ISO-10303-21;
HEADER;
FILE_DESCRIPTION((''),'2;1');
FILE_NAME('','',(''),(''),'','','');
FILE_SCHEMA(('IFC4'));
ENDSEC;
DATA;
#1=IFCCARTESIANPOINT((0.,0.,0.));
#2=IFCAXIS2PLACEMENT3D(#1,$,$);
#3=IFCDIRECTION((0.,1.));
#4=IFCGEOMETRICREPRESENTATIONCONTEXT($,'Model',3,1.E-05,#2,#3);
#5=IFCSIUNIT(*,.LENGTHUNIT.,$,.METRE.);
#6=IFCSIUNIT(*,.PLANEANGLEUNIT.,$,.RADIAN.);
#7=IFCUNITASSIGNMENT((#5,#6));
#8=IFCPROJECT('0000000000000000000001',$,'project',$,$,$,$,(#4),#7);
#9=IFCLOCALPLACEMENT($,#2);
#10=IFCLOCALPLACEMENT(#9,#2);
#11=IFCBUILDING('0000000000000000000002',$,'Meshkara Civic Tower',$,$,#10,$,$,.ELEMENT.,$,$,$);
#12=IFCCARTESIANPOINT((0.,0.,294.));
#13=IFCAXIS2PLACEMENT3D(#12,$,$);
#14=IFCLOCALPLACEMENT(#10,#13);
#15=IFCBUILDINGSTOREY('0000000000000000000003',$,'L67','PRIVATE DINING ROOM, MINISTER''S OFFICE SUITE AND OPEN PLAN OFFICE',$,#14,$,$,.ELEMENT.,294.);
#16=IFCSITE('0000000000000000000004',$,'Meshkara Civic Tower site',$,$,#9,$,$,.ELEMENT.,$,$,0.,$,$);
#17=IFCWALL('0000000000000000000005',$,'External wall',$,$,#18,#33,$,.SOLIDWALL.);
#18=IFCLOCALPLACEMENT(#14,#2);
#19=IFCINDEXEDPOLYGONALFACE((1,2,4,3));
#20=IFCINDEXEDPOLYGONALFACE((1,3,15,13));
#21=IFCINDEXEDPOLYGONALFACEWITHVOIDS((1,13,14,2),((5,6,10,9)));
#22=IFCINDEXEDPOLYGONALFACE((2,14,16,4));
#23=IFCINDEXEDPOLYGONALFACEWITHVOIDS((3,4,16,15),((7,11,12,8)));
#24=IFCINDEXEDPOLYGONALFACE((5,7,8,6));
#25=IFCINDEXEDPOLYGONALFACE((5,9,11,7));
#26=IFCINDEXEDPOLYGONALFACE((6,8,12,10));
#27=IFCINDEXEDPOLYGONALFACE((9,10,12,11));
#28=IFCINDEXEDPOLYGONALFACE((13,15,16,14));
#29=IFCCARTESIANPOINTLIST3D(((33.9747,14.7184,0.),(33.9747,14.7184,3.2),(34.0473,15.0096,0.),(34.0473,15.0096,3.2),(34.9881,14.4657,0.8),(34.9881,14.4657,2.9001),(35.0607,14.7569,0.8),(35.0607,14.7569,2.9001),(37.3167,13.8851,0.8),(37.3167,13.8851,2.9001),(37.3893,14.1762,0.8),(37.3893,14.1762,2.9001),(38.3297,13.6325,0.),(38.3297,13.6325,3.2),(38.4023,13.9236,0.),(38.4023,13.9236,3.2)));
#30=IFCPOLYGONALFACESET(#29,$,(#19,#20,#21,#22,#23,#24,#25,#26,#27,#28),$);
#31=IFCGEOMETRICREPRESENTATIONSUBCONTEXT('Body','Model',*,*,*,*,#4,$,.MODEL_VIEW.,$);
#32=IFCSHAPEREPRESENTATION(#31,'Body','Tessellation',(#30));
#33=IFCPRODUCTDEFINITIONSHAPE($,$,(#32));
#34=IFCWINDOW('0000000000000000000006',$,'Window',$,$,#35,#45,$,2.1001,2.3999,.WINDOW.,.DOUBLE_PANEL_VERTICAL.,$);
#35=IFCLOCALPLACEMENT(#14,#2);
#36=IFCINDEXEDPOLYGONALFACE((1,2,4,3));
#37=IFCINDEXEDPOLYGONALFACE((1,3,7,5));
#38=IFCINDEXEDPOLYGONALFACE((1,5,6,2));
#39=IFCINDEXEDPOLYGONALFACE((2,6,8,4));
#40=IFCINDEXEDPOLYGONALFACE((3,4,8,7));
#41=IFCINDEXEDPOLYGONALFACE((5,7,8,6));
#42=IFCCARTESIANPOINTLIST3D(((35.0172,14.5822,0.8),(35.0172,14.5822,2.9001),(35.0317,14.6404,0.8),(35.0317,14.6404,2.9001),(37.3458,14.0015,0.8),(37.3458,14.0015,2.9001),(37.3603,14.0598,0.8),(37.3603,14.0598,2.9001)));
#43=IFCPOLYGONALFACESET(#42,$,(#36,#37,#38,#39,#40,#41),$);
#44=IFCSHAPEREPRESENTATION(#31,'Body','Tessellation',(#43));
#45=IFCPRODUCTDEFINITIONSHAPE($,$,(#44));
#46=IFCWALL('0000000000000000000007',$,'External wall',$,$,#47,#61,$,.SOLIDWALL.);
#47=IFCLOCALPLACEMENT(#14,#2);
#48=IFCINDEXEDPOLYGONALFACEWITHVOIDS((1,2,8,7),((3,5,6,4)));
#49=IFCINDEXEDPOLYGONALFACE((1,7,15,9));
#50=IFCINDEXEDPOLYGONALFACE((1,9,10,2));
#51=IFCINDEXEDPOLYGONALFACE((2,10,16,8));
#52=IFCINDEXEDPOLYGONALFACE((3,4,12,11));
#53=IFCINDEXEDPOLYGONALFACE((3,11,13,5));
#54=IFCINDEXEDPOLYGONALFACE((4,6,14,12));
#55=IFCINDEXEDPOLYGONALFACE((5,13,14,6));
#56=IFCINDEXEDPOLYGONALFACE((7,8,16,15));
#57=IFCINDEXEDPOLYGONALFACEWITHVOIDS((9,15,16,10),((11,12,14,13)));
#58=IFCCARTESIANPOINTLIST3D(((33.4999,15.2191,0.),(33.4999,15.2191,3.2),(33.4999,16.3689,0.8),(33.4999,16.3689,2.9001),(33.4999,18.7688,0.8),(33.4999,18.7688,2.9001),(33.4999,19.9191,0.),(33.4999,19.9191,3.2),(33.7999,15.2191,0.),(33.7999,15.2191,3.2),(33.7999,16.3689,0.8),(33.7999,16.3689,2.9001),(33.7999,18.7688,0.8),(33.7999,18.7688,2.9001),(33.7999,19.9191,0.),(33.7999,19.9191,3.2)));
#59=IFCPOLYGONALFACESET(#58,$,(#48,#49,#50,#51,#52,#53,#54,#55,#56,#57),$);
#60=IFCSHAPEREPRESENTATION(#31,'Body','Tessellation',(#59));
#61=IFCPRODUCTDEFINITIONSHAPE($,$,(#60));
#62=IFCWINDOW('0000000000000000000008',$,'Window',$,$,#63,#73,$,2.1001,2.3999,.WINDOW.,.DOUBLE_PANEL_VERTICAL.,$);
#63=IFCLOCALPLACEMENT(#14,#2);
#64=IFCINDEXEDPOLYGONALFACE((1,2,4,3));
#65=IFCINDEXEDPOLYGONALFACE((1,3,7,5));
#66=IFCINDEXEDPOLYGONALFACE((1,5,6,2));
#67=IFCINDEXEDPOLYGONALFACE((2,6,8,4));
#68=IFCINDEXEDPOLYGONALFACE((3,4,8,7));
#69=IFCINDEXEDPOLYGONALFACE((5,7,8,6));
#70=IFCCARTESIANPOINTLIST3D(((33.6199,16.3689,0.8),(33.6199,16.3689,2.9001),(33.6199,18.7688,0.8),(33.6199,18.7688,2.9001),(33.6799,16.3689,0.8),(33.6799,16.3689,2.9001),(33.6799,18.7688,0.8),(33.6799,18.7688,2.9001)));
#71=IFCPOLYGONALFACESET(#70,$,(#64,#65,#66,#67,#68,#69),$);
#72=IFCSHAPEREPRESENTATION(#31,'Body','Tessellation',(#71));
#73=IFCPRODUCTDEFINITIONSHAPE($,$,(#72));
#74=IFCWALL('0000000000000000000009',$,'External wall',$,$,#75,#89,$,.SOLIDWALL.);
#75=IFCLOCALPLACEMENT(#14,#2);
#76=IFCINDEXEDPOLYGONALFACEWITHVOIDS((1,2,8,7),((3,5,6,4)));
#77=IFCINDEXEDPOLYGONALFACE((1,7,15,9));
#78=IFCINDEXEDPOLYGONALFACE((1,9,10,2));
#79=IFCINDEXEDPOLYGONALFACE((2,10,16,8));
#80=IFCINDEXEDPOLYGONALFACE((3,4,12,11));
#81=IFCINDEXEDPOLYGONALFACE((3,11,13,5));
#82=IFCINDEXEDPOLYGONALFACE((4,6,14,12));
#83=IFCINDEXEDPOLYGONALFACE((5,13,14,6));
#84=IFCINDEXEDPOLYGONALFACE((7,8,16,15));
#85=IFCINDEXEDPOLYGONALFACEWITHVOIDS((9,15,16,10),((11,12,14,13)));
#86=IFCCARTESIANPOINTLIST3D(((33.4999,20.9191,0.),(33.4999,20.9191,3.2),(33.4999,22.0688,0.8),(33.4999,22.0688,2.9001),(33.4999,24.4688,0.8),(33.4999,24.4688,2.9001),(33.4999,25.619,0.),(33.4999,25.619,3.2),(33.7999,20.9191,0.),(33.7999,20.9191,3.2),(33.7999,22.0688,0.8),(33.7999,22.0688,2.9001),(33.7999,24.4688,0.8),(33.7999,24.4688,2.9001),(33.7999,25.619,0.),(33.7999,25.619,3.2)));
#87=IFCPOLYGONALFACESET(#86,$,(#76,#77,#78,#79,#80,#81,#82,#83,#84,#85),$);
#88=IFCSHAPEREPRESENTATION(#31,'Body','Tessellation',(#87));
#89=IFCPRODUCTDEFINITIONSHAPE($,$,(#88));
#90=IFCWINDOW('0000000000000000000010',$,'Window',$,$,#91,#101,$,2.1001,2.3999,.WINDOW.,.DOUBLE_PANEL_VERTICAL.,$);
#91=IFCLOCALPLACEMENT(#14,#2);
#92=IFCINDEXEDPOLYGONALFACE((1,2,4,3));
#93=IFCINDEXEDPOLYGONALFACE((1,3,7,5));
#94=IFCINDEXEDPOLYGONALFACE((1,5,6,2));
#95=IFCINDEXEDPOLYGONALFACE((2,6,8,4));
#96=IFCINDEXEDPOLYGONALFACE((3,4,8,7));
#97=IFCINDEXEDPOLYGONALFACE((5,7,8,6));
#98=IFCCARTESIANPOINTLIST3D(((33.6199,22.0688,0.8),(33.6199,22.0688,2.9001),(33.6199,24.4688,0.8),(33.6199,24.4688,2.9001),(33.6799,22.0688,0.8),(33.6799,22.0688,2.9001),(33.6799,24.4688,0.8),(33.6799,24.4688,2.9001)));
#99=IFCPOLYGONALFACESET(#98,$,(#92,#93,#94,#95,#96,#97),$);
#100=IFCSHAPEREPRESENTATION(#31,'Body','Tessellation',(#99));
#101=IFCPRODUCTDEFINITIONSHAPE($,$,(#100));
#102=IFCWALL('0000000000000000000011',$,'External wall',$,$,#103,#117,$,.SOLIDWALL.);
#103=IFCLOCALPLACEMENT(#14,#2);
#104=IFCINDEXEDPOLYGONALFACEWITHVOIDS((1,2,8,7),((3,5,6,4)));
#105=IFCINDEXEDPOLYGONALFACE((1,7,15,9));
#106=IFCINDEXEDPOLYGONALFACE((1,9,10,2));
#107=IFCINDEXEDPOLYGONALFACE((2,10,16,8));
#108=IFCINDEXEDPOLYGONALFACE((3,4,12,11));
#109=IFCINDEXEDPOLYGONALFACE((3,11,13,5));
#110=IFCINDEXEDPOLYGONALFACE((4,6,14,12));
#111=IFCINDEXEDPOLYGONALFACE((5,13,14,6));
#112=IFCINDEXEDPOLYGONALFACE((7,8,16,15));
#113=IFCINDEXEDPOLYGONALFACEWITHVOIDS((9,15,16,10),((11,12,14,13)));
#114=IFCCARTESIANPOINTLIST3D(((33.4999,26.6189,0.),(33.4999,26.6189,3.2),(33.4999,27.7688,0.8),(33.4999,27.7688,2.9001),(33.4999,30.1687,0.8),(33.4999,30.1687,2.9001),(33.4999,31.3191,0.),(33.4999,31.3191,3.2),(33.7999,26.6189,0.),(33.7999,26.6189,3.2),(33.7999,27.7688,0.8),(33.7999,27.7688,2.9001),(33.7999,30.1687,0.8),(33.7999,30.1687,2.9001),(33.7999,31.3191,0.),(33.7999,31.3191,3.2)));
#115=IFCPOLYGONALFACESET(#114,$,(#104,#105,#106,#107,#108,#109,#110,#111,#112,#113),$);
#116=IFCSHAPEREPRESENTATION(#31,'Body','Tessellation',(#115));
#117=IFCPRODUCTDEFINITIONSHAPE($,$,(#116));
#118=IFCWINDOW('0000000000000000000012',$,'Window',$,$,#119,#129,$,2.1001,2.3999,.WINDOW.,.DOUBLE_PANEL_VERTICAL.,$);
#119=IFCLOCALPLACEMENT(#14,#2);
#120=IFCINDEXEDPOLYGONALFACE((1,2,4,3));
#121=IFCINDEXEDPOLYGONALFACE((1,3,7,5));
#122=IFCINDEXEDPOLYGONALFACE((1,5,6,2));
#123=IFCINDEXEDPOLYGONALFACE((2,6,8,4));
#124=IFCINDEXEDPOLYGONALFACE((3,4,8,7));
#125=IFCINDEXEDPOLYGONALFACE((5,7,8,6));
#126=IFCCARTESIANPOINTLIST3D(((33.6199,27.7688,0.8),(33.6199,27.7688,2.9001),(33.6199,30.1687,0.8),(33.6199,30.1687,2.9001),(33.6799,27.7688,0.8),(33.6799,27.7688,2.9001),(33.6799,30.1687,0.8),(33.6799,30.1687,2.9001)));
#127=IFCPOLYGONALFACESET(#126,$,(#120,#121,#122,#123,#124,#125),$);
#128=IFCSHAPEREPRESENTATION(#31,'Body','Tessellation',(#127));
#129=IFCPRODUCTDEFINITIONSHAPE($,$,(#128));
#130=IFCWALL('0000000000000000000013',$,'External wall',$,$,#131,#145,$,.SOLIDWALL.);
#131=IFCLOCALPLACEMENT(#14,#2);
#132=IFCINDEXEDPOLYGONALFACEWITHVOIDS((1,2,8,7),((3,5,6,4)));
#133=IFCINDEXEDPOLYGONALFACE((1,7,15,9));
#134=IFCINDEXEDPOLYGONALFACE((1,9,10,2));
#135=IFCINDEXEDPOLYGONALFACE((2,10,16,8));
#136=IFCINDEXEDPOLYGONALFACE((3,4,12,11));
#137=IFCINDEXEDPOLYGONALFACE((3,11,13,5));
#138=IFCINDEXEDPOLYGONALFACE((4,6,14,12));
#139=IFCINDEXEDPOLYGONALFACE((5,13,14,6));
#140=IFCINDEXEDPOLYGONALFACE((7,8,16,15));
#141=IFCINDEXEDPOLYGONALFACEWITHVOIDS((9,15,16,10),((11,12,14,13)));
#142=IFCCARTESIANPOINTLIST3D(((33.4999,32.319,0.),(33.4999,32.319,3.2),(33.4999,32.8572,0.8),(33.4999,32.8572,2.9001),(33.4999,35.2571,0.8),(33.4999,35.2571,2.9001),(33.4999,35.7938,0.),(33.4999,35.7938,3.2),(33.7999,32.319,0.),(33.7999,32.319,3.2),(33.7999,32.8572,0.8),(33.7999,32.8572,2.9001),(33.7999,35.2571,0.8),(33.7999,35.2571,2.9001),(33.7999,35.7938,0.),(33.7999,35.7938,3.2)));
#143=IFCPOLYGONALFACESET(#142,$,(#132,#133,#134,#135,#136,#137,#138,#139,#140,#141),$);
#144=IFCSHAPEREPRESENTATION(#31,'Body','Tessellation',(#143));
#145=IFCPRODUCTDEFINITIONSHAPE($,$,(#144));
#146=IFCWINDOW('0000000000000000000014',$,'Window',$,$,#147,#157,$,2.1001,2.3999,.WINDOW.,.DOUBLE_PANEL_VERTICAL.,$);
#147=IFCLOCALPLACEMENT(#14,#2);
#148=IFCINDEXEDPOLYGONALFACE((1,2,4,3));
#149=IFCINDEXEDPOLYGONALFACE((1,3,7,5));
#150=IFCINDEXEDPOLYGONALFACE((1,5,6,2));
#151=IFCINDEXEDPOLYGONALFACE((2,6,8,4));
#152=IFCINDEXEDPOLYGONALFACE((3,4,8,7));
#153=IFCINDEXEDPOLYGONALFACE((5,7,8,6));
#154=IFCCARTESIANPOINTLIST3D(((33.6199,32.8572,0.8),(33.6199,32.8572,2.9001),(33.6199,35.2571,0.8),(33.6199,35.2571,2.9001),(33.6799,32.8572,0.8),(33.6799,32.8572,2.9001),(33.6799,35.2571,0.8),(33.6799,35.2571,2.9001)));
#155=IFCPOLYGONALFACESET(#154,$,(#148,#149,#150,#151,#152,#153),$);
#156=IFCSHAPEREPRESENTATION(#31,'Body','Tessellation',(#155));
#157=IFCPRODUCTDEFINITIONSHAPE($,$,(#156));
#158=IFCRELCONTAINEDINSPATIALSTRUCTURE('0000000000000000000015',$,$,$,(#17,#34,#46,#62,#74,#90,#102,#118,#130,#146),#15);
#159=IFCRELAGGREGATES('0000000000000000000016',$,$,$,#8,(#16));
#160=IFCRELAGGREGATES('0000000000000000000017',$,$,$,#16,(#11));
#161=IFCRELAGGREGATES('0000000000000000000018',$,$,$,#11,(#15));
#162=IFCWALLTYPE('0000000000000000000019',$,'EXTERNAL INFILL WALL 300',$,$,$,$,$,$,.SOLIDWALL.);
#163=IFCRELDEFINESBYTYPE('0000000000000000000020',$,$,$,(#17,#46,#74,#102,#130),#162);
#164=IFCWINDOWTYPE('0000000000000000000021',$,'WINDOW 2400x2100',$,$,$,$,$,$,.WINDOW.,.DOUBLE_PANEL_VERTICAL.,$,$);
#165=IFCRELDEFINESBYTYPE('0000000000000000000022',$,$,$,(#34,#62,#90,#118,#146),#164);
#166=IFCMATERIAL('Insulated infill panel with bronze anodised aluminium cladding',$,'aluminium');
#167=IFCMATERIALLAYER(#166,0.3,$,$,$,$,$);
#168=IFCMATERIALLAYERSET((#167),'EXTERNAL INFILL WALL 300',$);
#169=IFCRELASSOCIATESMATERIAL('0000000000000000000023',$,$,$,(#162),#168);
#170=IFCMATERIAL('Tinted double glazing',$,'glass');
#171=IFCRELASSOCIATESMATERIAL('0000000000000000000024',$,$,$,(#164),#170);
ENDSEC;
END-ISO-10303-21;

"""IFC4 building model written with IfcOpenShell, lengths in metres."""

from ifc_helpers import new_model, si_unit, direction, frame, frame_2d, origin, place, context, subcontext, project, spatial, rectangle, extrude, material, layer, layer_set, type_object, element, fill, save


model = new_model("IFC4")

# Units and contexts
model_context = context("Model", 3, precision=1e-05, world=origin(), true_north=direction((0.0, 1.0)))
body_context = subcontext(model_context, "Body", "Model", "MODEL_VIEW")
ifc_project = project(units=[si_unit("LENGTHUNIT", "METRE"), si_unit("PLANEANGLEUNIT", "RADIAN")], contexts=[model_context])

# Site, building, storey
site_placement = place(None, origin())
site = spatial("IfcSite", under=ifc_project, at=site_placement, Name="Meshkara Civic Tower site", CompositionType="ELEMENT", RefElevation=0.0)
building_placement = place(site_placement, origin())
building = spatial("IfcBuilding", under=site, at=building_placement, Name="Meshkara Civic Tower", CompositionType="ELEMENT")
storey_placement = place(building_placement, frame((0.0, 0.0, 294.0)))
storey = spatial("IfcBuildingStorey", under=building, at=storey_placement, Name="L67", Description="PRIVATE DINING ROOM, MINISTER'S OFFICE SUITE AND OPEN PLAN OFFICE", CompositionType="ELEMENT", Elevation=294.0)

# Walls, openings, windows
ifc_material_1 = material(Name="Insulated infill panel with bronze anodised aluminium cladding", Category="aluminium")
ifc_layer = layer(ifc_material_1, 0.3)
ifc_layer_set = layer_set([ifc_layer], Name="EXTERNAL INFILL WALL 300")
wall_type = type_object("IfcWallType", Name="EXTERNAL INFILL WALL 300", PredefinedType="SOLIDWALL", material=ifc_layer_set)
ifc_material_2 = material(Name="Tinted double glazing", Category="glass")
window_type = type_object("IfcWindowType", Name="WINDOW 2400x2100", PartitioningType="DOUBLE_PANEL_VERTICAL", PredefinedType="WINDOW", material=ifc_material_2)
wall_1_placement = place(storey_placement, frame((38.366, 13.7781, 0.0), z_axis=(0.0, 0.0, 1.0), x_axis=(-0.97029, 0.241947, 0.0)))
wall_1 = element("IfcWall", 1, at=wall_1_placement, inside=storey, type_object=wall_type, Name="External wall", PredefinedType="SOLIDWALL", context=body_context, shape_type="SweptSolid", body=[
    extrude(rectangle(XDim=4.4883, YDim=0.3, at=frame_2d((2.2441, 0.0))), origin(), (0.0, 0.0, 1.0), 3.2),
])
opening_1_placement = place(wall_1_placement, frame((1.0439, 0.0, 0.8)))
opening_1 = element("IfcOpeningElement", 2, at=opening_1_placement, cuts=wall_1, PredefinedType="OPENING", context=body_context, shape_type="SweptSolid", body=[
    extrude(rectangle(XDim=2.3999, YDim=2.1001, at=frame_2d((1.2, 1.05))), frame((0.0, 0.1599, 0.0), z_axis=(0.0, -1.0, 0.0), x_axis=(1.0, 0.0, 0.0)), (0.0, 0.0, 1.0), 0.3201),
])
window_1_placement = place(opening_1_placement, origin())
window_1 = element("IfcWindow", 3, at=window_1_placement, inside=storey, type_object=window_type, Name="Window", OverallHeight=2.1001, OverallWidth=2.3999, PartitioningType="DOUBLE_PANEL_VERTICAL", PredefinedType="WINDOW", context=body_context, shape_type="SweptSolid", body=[
    extrude(rectangle(XDim=2.3999, YDim=2.1001, at=frame_2d((1.2, 1.05))), frame((0.0, 0.03, 0.0), z_axis=(0.0, -1.0, 0.0), x_axis=(1.0, 0.0, 0.0)), (0.0, 0.0, 1.0), 0.0601),
])
fill(opening_1, window_1)
wall_2_placement = place(storey_placement, frame((33.6499, 15.219, 0.0), z_axis=(0.0, 0.0, 1.0), x_axis=(0.0, 1.0, 0.0)))
wall_2 = element("IfcWall", 4, at=wall_2_placement, inside=storey, type_object=wall_type, Name="External wall", PredefinedType="SOLIDWALL", context=body_context, shape_type="SweptSolid", body=[
    extrude(rectangle(XDim=4.7, YDim=0.3, at=frame_2d((2.3501, 0.0))), origin(), (0.0, 0.0, 1.0), 3.2),
])
opening_2_placement = place(wall_2_placement, frame((1.1499, 0.0, 0.8)))
opening_2 = element("IfcOpeningElement", 5, at=opening_2_placement, cuts=wall_2, PredefinedType="OPENING", context=body_context, shape_type="SweptSolid", body=[
    extrude(rectangle(XDim=2.3999, YDim=2.1001, at=frame_2d((1.2, 1.05))), frame((0.0, 0.1599, 0.0), z_axis=(0.0, -1.0, 0.0), x_axis=(1.0, 0.0, 0.0)), (0.0, 0.0, 1.0), 0.3201),
])
window_2_placement = place(opening_2_placement, origin())
window_2 = element("IfcWindow", 6, at=window_2_placement, inside=storey, type_object=window_type, Name="Window", OverallHeight=2.1001, OverallWidth=2.3999, PartitioningType="DOUBLE_PANEL_VERTICAL", PredefinedType="WINDOW", context=body_context, shape_type="SweptSolid", body=[
    extrude(rectangle(XDim=2.3999, YDim=2.1001, at=frame_2d((1.2, 1.05))), frame((0.0, 0.03, 0.0), z_axis=(0.0, -1.0, 0.0), x_axis=(1.0, 0.0, 0.0)), (0.0, 0.0, 1.0), 0.0601),
])
fill(opening_2, window_2)
wall_3_placement = place(storey_placement, frame((33.6499, 20.9189, 0.0), z_axis=(0.0, 0.0, 1.0), x_axis=(0.0, 1.0, 0.0)))
wall_3 = element("IfcWall", 7, at=wall_3_placement, inside=storey, type_object=wall_type, Name="External wall", PredefinedType="SOLIDWALL", context=body_context, shape_type="SweptSolid", body=[
    extrude(rectangle(XDim=4.7, YDim=0.3, at=frame_2d((2.3501, 0.0))), origin(), (0.0, 0.0, 1.0), 3.2),
])
opening_3_placement = place(wall_3_placement, frame((1.1499, 0.0, 0.8)))
opening_3 = element("IfcOpeningElement", 8, at=opening_3_placement, cuts=wall_3, PredefinedType="OPENING", context=body_context, shape_type="SweptSolid", body=[
    extrude(rectangle(XDim=2.3999, YDim=2.1001, at=frame_2d((1.2, 1.05))), frame((0.0, 0.1599, 0.0), z_axis=(0.0, -1.0, 0.0), x_axis=(1.0, 0.0, 0.0)), (0.0, 0.0, 1.0), 0.3201),
])
window_3_placement = place(opening_3_placement, origin())
window_3 = element("IfcWindow", 9, at=window_3_placement, inside=storey, type_object=window_type, Name="Window", OverallHeight=2.1001, OverallWidth=2.3999, PartitioningType="DOUBLE_PANEL_VERTICAL", PredefinedType="WINDOW", context=body_context, shape_type="SweptSolid", body=[
    extrude(rectangle(XDim=2.3999, YDim=2.1001, at=frame_2d((1.2, 1.05))), frame((0.0, 0.03, 0.0), z_axis=(0.0, -1.0, 0.0), x_axis=(1.0, 0.0, 0.0)), (0.0, 0.0, 1.0), 0.0601),
])
fill(opening_3, window_3)
wall_4_placement = place(storey_placement, frame((33.6499, 26.6189, 0.0), z_axis=(0.0, 0.0, 1.0), x_axis=(0.0, 1.0, 0.0)))
wall_4 = element("IfcWall", 10, at=wall_4_placement, inside=storey, type_object=wall_type, Name="External wall", PredefinedType="SOLIDWALL", context=body_context, shape_type="SweptSolid", body=[
    extrude(rectangle(XDim=4.7002, YDim=0.3, at=frame_2d((2.3501, 0.0))), origin(), (0.0, 0.0, 1.0), 3.2),
])
opening_4_placement = place(wall_4_placement, frame((1.1499, 0.0, 0.8)))
opening_4 = element("IfcOpeningElement", 11, at=opening_4_placement, cuts=wall_4, PredefinedType="OPENING", context=body_context, shape_type="SweptSolid", body=[
    extrude(rectangle(XDim=2.3999, YDim=2.1001, at=frame_2d((1.2, 1.05))), frame((0.0, 0.1599, 0.0), z_axis=(0.0, -1.0, 0.0), x_axis=(1.0, 0.0, 0.0)), (0.0, 0.0, 1.0), 0.3201),
])
window_4_placement = place(opening_4_placement, origin())
window_4 = element("IfcWindow", 12, at=window_4_placement, inside=storey, type_object=window_type, Name="Window", OverallHeight=2.1001, OverallWidth=2.3999, PartitioningType="DOUBLE_PANEL_VERTICAL", PredefinedType="WINDOW", context=body_context, shape_type="SweptSolid", body=[
    extrude(rectangle(XDim=2.3999, YDim=2.1001, at=frame_2d((1.2, 1.05))), frame((0.0, 0.03, 0.0), z_axis=(0.0, -1.0, 0.0), x_axis=(1.0, 0.0, 0.0)), (0.0, 0.0, 1.0), 0.0601),
])
fill(opening_4, window_4)
wall_5_placement = place(storey_placement, frame((33.6499, 32.3191, 0.0), z_axis=(0.0, 0.0, 1.0), x_axis=(0.0, 1.0, 0.0)))
wall_5 = element("IfcWall", 13, at=wall_5_placement, inside=storey, type_object=wall_type, Name="External wall", PredefinedType="SOLIDWALL", context=body_context, shape_type="SweptSolid", body=[
    extrude(rectangle(XDim=3.4749, YDim=0.3, at=frame_2d((1.7373, 0.0))), origin(), (0.0, 0.0, 1.0), 3.2),
])
opening_5_placement = place(wall_5_placement, frame((0.5381, 0.0, 0.8)))
opening_5 = element("IfcOpeningElement", 14, at=opening_5_placement, cuts=wall_5, PredefinedType="OPENING", context=body_context, shape_type="SweptSolid", body=[
    extrude(rectangle(XDim=2.3999, YDim=2.1001, at=frame_2d((1.2, 1.05))), frame((0.0, 0.1599, 0.0), z_axis=(0.0, -1.0, 0.0), x_axis=(1.0, 0.0, 0.0)), (0.0, 0.0, 1.0), 0.3201),
])
window_5_placement = place(opening_5_placement, origin())
window_5 = element("IfcWindow", 15, at=window_5_placement, inside=storey, type_object=window_type, Name="Window", OverallHeight=2.1001, OverallWidth=2.3999, PartitioningType="DOUBLE_PANEL_VERTICAL", PredefinedType="WINDOW", context=body_context, shape_type="SweptSolid", body=[
    extrude(rectangle(XDim=2.3999, YDim=2.1001, at=frame_2d((1.2, 1.05))), frame((0.0, 0.03, 0.0), z_axis=(0.0, -1.0, 0.0), x_axis=(1.0, 0.0, 0.0)), (0.0, 0.0, 1.0), 0.0601),
])
fill(opening_5, window_5)

save(model, "model.ifc")
